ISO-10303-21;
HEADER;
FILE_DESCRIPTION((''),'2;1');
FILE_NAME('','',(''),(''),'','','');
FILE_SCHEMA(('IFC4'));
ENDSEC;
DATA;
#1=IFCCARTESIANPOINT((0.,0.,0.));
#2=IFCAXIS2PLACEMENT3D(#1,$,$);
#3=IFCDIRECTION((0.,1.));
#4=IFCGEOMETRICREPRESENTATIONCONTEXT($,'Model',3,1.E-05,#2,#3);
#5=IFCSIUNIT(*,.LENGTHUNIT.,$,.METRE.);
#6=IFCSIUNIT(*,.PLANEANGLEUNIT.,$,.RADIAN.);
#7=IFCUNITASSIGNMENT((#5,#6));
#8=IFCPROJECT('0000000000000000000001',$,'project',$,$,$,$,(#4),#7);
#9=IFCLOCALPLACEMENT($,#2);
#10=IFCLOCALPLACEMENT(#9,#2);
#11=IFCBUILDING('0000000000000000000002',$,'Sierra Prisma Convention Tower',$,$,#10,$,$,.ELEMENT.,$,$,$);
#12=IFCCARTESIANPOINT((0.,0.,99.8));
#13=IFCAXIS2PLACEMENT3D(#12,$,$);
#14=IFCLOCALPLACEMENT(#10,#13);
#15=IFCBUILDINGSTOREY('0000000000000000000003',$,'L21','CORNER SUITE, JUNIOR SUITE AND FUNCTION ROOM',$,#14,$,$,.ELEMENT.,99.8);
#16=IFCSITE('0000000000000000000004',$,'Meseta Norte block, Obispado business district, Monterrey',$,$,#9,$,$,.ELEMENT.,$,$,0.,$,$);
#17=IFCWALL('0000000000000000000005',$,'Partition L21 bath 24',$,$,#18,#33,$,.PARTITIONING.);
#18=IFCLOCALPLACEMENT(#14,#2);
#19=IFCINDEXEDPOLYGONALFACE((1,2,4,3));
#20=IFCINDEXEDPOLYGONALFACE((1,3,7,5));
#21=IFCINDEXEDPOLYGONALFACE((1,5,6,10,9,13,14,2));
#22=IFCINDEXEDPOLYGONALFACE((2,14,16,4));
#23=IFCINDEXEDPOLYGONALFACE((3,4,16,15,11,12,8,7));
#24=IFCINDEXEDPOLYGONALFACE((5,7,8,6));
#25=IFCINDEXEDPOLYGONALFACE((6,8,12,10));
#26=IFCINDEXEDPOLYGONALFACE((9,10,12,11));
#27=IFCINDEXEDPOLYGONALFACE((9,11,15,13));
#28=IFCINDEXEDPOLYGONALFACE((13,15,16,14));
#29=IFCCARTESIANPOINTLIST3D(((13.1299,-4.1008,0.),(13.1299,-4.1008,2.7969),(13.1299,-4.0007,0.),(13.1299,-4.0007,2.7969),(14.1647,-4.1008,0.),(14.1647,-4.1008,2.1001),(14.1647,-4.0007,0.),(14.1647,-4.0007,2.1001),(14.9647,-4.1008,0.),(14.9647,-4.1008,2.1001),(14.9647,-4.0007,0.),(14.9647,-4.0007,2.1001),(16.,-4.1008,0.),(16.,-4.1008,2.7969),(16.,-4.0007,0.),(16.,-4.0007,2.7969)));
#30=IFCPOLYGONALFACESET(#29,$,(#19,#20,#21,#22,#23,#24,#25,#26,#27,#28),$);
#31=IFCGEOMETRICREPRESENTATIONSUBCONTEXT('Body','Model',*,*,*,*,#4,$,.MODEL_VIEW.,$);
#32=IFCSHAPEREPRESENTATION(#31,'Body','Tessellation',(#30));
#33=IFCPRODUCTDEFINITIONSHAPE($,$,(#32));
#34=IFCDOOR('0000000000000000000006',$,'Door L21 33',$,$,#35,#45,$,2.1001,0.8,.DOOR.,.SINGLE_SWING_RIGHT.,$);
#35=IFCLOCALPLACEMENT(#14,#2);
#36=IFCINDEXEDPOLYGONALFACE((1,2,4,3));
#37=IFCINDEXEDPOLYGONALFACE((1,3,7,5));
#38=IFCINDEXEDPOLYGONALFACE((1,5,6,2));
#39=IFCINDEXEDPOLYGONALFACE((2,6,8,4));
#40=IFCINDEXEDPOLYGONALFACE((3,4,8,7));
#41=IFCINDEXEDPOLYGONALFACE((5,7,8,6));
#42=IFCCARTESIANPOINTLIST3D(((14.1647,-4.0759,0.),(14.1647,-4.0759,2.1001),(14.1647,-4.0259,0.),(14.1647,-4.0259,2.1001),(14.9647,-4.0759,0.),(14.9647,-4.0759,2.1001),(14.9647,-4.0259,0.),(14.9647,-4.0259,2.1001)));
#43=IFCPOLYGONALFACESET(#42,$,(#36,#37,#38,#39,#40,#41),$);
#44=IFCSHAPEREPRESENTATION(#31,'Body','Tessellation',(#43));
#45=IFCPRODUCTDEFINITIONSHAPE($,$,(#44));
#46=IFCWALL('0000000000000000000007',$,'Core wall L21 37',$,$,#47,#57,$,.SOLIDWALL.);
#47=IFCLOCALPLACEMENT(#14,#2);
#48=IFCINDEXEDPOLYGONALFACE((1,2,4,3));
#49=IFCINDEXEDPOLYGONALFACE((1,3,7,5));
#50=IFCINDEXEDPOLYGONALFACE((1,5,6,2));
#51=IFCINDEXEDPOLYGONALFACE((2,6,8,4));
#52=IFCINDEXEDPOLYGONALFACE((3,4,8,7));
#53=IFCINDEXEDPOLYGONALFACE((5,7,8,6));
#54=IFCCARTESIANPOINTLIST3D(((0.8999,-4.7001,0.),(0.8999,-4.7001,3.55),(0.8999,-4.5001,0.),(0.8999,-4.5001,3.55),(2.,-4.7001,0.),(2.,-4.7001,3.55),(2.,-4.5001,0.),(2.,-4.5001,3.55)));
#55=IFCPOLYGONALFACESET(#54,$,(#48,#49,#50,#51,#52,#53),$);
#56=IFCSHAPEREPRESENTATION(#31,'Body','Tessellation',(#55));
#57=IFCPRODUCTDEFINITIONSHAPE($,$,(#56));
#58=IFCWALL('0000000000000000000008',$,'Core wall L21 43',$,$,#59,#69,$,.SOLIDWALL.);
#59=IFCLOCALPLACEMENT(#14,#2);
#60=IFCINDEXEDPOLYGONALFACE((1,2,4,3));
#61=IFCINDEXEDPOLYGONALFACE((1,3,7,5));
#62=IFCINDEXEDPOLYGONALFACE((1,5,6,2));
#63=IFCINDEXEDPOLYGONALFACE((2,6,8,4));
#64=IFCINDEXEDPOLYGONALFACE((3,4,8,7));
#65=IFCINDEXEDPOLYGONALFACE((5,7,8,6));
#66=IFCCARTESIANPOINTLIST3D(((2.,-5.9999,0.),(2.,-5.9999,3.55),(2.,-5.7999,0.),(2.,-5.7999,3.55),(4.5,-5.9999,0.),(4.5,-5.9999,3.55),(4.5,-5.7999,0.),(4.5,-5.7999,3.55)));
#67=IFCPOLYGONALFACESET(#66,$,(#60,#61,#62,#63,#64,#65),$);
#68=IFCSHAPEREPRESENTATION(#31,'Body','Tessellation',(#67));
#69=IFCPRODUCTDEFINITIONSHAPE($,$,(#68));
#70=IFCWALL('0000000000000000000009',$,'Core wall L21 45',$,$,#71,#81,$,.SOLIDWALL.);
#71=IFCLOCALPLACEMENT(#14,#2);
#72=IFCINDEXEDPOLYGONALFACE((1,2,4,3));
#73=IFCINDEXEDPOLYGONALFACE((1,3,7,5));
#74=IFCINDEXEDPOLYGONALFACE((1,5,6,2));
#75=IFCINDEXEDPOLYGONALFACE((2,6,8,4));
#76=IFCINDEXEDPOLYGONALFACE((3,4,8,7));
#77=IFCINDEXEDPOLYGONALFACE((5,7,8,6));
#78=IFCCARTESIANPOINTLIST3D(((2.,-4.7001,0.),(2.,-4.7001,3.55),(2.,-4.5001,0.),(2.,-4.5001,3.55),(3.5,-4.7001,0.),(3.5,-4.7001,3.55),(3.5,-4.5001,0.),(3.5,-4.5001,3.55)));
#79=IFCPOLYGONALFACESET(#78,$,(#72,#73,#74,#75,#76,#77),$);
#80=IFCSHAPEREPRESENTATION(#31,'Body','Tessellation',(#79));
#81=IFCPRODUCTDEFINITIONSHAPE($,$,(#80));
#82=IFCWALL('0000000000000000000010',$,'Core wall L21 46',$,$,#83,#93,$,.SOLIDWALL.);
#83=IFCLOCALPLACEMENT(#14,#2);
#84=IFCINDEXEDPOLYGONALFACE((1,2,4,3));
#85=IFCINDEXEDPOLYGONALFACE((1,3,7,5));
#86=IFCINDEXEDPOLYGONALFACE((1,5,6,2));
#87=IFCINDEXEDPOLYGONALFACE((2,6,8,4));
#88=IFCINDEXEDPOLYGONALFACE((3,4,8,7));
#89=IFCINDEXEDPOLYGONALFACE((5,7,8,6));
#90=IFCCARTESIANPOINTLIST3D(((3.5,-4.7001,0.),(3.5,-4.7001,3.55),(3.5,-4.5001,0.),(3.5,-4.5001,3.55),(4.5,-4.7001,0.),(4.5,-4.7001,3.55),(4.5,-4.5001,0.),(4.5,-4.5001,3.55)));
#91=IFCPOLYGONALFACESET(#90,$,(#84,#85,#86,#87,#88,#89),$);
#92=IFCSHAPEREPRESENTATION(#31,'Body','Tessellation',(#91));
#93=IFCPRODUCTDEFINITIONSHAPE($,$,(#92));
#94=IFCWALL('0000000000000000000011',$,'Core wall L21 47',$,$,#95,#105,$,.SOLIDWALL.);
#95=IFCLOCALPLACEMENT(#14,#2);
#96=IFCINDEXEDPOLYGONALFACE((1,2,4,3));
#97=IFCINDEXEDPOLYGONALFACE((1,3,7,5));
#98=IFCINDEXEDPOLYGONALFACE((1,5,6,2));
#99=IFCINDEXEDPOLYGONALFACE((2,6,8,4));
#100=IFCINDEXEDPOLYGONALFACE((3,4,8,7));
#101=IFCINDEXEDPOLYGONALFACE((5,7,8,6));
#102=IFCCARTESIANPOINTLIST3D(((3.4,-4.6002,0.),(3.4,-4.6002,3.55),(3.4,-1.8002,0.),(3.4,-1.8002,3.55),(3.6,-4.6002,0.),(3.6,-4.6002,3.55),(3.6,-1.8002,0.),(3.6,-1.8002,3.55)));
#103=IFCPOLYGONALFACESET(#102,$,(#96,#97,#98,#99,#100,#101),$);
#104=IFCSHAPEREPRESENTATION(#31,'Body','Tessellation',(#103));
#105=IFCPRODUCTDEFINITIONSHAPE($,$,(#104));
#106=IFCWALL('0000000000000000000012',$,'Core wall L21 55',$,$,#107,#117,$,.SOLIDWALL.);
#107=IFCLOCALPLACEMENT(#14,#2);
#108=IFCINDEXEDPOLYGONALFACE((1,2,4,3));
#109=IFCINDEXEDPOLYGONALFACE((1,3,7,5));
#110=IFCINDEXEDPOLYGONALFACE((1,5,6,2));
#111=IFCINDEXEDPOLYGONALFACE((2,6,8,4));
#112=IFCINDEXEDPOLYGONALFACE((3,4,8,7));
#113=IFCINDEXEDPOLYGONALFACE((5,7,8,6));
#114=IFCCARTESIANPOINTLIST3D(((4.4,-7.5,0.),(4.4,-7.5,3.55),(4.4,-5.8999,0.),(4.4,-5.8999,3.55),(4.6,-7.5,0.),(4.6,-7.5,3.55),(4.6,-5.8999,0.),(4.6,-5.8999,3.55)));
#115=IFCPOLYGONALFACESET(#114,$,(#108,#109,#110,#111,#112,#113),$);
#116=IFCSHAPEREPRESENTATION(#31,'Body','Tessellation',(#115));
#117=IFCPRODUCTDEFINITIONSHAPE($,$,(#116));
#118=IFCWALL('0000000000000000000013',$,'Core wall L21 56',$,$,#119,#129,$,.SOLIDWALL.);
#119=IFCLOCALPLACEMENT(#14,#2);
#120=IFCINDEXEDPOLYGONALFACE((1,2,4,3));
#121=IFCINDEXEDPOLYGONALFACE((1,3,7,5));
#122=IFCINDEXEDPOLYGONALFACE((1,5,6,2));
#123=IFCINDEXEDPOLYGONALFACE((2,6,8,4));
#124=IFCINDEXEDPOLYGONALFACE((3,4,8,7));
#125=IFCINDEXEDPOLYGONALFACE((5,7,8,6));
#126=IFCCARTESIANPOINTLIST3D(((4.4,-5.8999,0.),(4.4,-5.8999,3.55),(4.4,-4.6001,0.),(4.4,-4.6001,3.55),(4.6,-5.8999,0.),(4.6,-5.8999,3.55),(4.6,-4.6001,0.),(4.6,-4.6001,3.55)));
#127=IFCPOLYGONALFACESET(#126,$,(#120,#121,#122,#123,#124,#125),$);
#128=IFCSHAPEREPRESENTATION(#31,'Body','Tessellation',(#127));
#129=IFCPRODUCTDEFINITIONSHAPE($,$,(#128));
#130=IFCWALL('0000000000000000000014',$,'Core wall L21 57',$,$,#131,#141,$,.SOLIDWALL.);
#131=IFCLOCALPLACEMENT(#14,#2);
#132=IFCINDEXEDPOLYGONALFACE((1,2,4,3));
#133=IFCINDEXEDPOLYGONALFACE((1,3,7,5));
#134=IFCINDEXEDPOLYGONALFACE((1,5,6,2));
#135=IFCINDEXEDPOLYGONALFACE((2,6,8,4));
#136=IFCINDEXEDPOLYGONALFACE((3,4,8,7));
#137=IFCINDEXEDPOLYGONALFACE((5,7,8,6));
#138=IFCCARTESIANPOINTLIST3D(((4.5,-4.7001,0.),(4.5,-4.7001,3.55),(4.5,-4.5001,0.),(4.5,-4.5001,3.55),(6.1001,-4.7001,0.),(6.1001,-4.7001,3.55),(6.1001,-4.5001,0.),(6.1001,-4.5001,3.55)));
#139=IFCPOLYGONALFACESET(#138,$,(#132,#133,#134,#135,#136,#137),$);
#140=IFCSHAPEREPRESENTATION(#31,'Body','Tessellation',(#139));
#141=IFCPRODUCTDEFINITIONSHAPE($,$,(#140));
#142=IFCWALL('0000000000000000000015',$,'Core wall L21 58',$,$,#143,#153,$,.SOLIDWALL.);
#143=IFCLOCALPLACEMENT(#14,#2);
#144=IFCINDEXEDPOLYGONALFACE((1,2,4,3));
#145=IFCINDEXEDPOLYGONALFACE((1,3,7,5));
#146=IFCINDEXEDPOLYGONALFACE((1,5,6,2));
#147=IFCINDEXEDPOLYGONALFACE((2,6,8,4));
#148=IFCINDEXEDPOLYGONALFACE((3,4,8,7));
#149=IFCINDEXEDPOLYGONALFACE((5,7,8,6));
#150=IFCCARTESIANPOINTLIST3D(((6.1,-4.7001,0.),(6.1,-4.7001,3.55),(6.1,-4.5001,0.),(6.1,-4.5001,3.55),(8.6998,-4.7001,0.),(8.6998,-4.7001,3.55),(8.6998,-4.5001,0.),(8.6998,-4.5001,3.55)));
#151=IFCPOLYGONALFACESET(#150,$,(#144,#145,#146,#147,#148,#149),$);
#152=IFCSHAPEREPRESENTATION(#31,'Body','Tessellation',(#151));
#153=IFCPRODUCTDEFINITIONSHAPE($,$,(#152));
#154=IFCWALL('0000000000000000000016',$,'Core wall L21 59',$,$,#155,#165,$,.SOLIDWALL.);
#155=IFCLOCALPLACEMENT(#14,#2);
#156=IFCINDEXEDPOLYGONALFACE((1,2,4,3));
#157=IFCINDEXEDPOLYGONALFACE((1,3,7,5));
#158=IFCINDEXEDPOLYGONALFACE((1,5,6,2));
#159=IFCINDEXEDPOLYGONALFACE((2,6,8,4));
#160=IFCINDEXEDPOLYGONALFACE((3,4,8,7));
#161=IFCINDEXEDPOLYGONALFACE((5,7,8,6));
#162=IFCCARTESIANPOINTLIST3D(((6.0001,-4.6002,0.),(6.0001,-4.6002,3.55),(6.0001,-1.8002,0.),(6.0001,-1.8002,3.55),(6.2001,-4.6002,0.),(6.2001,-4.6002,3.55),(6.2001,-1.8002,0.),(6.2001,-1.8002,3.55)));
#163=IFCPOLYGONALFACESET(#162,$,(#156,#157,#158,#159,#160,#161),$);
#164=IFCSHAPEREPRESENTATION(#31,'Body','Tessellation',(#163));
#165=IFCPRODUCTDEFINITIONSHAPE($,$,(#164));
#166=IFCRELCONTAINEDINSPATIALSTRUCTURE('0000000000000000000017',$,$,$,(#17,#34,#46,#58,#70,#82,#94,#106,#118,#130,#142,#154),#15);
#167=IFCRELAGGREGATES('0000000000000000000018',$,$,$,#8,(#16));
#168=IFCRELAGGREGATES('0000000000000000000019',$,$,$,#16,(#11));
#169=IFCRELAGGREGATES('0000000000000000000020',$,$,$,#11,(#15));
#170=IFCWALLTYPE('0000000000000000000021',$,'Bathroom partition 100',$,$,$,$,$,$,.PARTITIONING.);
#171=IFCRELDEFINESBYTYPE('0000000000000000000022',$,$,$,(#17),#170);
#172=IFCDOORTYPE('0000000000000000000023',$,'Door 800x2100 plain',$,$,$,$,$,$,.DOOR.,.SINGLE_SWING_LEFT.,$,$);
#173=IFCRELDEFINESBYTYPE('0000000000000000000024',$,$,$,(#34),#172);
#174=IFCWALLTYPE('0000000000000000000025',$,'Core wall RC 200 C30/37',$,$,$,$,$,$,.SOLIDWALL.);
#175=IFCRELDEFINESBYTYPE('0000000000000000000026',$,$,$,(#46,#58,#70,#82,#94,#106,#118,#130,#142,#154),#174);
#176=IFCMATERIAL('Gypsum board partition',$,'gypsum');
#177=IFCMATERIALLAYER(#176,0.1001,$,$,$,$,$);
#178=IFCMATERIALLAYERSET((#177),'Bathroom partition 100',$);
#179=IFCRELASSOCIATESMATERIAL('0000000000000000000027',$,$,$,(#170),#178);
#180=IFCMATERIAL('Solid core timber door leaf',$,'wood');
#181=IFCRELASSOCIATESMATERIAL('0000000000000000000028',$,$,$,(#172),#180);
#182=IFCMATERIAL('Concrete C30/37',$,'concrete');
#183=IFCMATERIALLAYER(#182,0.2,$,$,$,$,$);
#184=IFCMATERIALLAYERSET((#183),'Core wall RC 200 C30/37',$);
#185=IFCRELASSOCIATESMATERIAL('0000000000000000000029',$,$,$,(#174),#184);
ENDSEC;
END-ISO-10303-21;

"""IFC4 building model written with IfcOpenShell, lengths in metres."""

from ifc_helpers import new_model, si_unit, direction, frame, frame_2d, origin, place, context, subcontext, project, spatial, rectangle, extrude, material, layer, layer_set, type_object, element, fill, save


model = new_model("IFC4")

# Units and contexts
model_context = context("Model", 3, precision=1e-05, world=origin(), true_north=direction((0.0, 1.0)))
body_context = subcontext(model_context, "Body", "Model", "MODEL_VIEW")
ifc_project = project(units=[si_unit("LENGTHUNIT", "METRE"), si_unit("PLANEANGLEUNIT", "RADIAN")], contexts=[model_context])

# Site, building, storey
site_placement = place(None, origin())
site = spatial("IfcSite", under=ifc_project, at=site_placement, Name="Meseta Norte block, Obispado business district, Monterrey", CompositionType="ELEMENT", RefElevation=0.0)
building_placement = place(site_placement, origin())
building = spatial("IfcBuilding", under=site, at=building_placement, Name="Sierra Prisma Convention Tower", CompositionType="ELEMENT")
storey_placement = place(building_placement, frame((0.0, 0.0, 99.8)))
storey = spatial("IfcBuildingStorey", under=building, at=storey_placement, Name="L21", Description="CORNER SUITE, JUNIOR SUITE AND FUNCTION ROOM", CompositionType="ELEMENT", Elevation=99.8)

# Wall, opening, door
ifc_material_1 = material(Name="Gypsum board partition", Category="gypsum")
ifc_layer_1 = layer(ifc_material_1, 0.1001)
ifc_layer_set_1 = layer_set([ifc_layer_1], Name="Bathroom partition 100")
wall_type_1 = type_object("IfcWallType", Name="Bathroom partition 100", PredefinedType="PARTITIONING", material=ifc_layer_set_1)
wall_1_placement = place(storey_placement, frame((13.1299, -4.0508, 0.0), z_axis=(0.0, 0.0, 1.0), x_axis=(1.0, 0.0, 0.0)))
wall_1 = element("IfcWall", 1, at=wall_1_placement, inside=storey, type_object=wall_type_1, Name="Partition L21 bath 24", PredefinedType="PARTITIONING", context=body_context, shape_type="SweptSolid", body=[
    extrude(rectangle(XDim=2.8701, YDim=0.1001, at=frame_2d((1.4351, 0.0))), origin(), (0.0, 0.0, 1.0), 2.7969),
])
opening_1_placement = place(wall_1_placement, frame((1.0349, 0.0, 0.0)))
opening_1 = element("IfcOpeningElement", 2, at=opening_1_placement, cuts=wall_1, PredefinedType="OPENING", context=body_context, shape_type="SweptSolid", body=[
    extrude(rectangle(XDim=0.8, YDim=2.1001, at=frame_2d((0.3999, 1.05))), frame((0.0, 0.05, 0.0), z_axis=(0.0, -1.0, 0.0), x_axis=(1.0, 0.0, 0.0)), (0.0, 0.0, 1.0), 0.1001),
])
ifc_material_2 = material(Name="Solid core timber door leaf", Category="wood")
door_type_1 = type_object("IfcDoorType", Name="Door 800x2100 plain", OperationType="SINGLE_SWING_LEFT", PredefinedType="DOOR", material=ifc_material_2)
door_1_placement = place(opening_1_placement, origin())
door_1 = element("IfcDoor", 3, at=door_1_placement, inside=storey, type_object=door_type_1, Name="Door L21 33", OperationType="SINGLE_SWING_RIGHT", OverallHeight=2.1001, OverallWidth=0.8, PredefinedType="DOOR", context=body_context, shape_type="SweptSolid", body=[
    extrude(rectangle(XDim=0.8, YDim=2.1001, at=frame_2d((0.3999, 1.05))), frame((0.0, 0.0249, 0.0), z_axis=(0.0, -1.0, 0.0), x_axis=(1.0, 0.0, 0.0)), (0.0, 0.0, 1.0), 0.05),
])
fill(opening_1, door_1)

# Wall
ifc_material_3 = material(Name="Concrete C30/37", Category="concrete")
ifc_layer_2 = layer(ifc_material_3, 0.2)
ifc_layer_set_2 = layer_set([ifc_layer_2], Name="Core wall RC 200 C30/37")
wall_type_2 = type_object("IfcWallType", Name="Core wall RC 200 C30/37", PredefinedType="SOLIDWALL", material=ifc_layer_set_2)
wall_2_placement = place(storey_placement, frame((0.8999, -4.6001, 0.0), z_axis=(0.0, 0.0, 1.0), x_axis=(1.0, 0.0, 0.0)))
element("IfcWall", 4, at=wall_2_placement, inside=storey, type_object=wall_type_2, Name="Core wall L21 37", PredefinedType="SOLIDWALL", context=body_context, shape_type="SweptSolid", body=[
    extrude(rectangle(XDim=1.1001, YDim=0.2, at=frame_2d((0.55, 0.0))), origin(), (0.0, 0.0, 1.0), 3.55),
])

# Wall
wall_3_placement = place(storey_placement, frame((4.5, -5.8999, 0.0), z_axis=(0.0, 0.0, 1.0), x_axis=(-1.0, 0.0, 0.0)))
element("IfcWall", 5, at=wall_3_placement, inside=storey, type_object=wall_type_2, Name="Core wall L21 43", PredefinedType="SOLIDWALL", context=body_context, shape_type="SweptSolid", body=[
    extrude(rectangle(XDim=2.5, YDim=0.2, at=frame_2d((1.25, 0.0))), origin(), (0.0, 0.0, 1.0), 3.55),
])

# Walls
wall_4_placement = place(storey_placement, frame((3.5, -4.6001, 0.0), z_axis=(0.0, 0.0, 1.0), x_axis=(-1.0, 0.0, 0.0)))
element("IfcWall", 6, at=wall_4_placement, inside=storey, type_object=wall_type_2, Name="Core wall L21 45", PredefinedType="SOLIDWALL", context=body_context, shape_type="SweptSolid", body=[
    extrude(rectangle(XDim=1.5, YDim=0.2, at=frame_2d((0.75, 0.0))), origin(), (0.0, 0.0, 1.0), 3.55),
])
wall_5_placement = place(storey_placement, frame((4.5, -4.6001, 0.0), z_axis=(0.0, 0.0, 1.0), x_axis=(-1.0, 0.0, 0.0)))
element("IfcWall", 7, at=wall_5_placement, inside=storey, type_object=wall_type_2, Name="Core wall L21 46", PredefinedType="SOLIDWALL", context=body_context, shape_type="SweptSolid", body=[
    extrude(rectangle(XDim=1.0, YDim=0.2, at=frame_2d((0.5, 0.0))), origin(), (0.0, 0.0, 1.0), 3.55),
])
wall_6_placement = place(storey_placement, frame((3.5, -4.6001, 0.0), z_axis=(0.0, 0.0, 1.0), x_axis=(0.0, 1.0, 0.0)))
element("IfcWall", 8, at=wall_6_placement, inside=storey, type_object=wall_type_2, Name="Core wall L21 47", PredefinedType="SOLIDWALL", context=body_context, shape_type="SweptSolid", body=[
    extrude(rectangle(XDim=2.8, YDim=0.2, at=frame_2d((1.3999, 0.0))), origin(), (0.0, 0.0, 1.0), 3.55),
])
wall_7_placement = place(storey_placement, frame((4.5, -7.5, 0.0), z_axis=(0.0, 0.0, 1.0), x_axis=(0.0, 1.0, 0.0)))
element("IfcWall", 9, at=wall_7_placement, inside=storey, type_object=wall_type_2, Name="Core wall L21 55", PredefinedType="SOLIDWALL", context=body_context, shape_type="SweptSolid", body=[
    extrude(rectangle(XDim=1.6001, YDim=0.2, at=frame_2d((0.8, 0.0))), origin(), (0.0, 0.0, 1.0), 3.55),
])
wall_8_placement = place(storey_placement, frame((4.5, -5.8999, 0.0), z_axis=(0.0, 0.0, 1.0), x_axis=(0.0, 1.0, 0.0)))
element("IfcWall", 10, at=wall_8_placement, inside=storey, type_object=wall_type_2, Name="Core wall L21 56", PredefinedType="SOLIDWALL", context=body_context, shape_type="SweptSolid", body=[
    extrude(rectangle(XDim=1.2998, YDim=0.2, at=frame_2d((0.6499, 0.0))), origin(), (0.0, 0.0, 1.0), 3.55),
])
wall_9_placement = place(storey_placement, frame((4.5, -4.6001, 0.0), z_axis=(0.0, 0.0, 1.0), x_axis=(1.0, 0.0, 0.0)))
element("IfcWall", 11, at=wall_9_placement, inside=storey, type_object=wall_type_2, Name="Core wall L21 57", PredefinedType="SOLIDWALL", context=body_context, shape_type="SweptSolid", body=[
    extrude(rectangle(XDim=1.6001, YDim=0.2, at=frame_2d((0.8, 0.0))), origin(), (0.0, 0.0, 1.0), 3.55),
])
wall_10_placement = place(storey_placement, frame((6.1001, -4.6001, 0.0), z_axis=(0.0, 0.0, 1.0), x_axis=(1.0, 0.0, 0.0)))
element("IfcWall", 12, at=wall_10_placement, inside=storey, type_object=wall_type_2, Name="Core wall L21 58", PredefinedType="SOLIDWALL", context=body_context, shape_type="SweptSolid", body=[
    extrude(rectangle(XDim=2.5999, YDim=0.2, at=frame_2d((1.2998, 0.0))), origin(), (0.0, 0.0, 1.0), 3.55),
])
wall_11_placement = place(storey_placement, frame((6.1001, -4.6001, 0.0), z_axis=(0.0, 0.0, 1.0), x_axis=(0.0, 1.0, 0.0)))
element("IfcWall", 13, at=wall_11_placement, inside=storey, type_object=wall_type_2, Name="Core wall L21 59", PredefinedType="SOLIDWALL", context=body_context, shape_type="SweptSolid", body=[
    extrude(rectangle(XDim=2.8, YDim=0.2, at=frame_2d((1.3999, 0.0))), origin(), (0.0, 0.0, 1.0), 3.55),
])

save(model, "model.ifc")
